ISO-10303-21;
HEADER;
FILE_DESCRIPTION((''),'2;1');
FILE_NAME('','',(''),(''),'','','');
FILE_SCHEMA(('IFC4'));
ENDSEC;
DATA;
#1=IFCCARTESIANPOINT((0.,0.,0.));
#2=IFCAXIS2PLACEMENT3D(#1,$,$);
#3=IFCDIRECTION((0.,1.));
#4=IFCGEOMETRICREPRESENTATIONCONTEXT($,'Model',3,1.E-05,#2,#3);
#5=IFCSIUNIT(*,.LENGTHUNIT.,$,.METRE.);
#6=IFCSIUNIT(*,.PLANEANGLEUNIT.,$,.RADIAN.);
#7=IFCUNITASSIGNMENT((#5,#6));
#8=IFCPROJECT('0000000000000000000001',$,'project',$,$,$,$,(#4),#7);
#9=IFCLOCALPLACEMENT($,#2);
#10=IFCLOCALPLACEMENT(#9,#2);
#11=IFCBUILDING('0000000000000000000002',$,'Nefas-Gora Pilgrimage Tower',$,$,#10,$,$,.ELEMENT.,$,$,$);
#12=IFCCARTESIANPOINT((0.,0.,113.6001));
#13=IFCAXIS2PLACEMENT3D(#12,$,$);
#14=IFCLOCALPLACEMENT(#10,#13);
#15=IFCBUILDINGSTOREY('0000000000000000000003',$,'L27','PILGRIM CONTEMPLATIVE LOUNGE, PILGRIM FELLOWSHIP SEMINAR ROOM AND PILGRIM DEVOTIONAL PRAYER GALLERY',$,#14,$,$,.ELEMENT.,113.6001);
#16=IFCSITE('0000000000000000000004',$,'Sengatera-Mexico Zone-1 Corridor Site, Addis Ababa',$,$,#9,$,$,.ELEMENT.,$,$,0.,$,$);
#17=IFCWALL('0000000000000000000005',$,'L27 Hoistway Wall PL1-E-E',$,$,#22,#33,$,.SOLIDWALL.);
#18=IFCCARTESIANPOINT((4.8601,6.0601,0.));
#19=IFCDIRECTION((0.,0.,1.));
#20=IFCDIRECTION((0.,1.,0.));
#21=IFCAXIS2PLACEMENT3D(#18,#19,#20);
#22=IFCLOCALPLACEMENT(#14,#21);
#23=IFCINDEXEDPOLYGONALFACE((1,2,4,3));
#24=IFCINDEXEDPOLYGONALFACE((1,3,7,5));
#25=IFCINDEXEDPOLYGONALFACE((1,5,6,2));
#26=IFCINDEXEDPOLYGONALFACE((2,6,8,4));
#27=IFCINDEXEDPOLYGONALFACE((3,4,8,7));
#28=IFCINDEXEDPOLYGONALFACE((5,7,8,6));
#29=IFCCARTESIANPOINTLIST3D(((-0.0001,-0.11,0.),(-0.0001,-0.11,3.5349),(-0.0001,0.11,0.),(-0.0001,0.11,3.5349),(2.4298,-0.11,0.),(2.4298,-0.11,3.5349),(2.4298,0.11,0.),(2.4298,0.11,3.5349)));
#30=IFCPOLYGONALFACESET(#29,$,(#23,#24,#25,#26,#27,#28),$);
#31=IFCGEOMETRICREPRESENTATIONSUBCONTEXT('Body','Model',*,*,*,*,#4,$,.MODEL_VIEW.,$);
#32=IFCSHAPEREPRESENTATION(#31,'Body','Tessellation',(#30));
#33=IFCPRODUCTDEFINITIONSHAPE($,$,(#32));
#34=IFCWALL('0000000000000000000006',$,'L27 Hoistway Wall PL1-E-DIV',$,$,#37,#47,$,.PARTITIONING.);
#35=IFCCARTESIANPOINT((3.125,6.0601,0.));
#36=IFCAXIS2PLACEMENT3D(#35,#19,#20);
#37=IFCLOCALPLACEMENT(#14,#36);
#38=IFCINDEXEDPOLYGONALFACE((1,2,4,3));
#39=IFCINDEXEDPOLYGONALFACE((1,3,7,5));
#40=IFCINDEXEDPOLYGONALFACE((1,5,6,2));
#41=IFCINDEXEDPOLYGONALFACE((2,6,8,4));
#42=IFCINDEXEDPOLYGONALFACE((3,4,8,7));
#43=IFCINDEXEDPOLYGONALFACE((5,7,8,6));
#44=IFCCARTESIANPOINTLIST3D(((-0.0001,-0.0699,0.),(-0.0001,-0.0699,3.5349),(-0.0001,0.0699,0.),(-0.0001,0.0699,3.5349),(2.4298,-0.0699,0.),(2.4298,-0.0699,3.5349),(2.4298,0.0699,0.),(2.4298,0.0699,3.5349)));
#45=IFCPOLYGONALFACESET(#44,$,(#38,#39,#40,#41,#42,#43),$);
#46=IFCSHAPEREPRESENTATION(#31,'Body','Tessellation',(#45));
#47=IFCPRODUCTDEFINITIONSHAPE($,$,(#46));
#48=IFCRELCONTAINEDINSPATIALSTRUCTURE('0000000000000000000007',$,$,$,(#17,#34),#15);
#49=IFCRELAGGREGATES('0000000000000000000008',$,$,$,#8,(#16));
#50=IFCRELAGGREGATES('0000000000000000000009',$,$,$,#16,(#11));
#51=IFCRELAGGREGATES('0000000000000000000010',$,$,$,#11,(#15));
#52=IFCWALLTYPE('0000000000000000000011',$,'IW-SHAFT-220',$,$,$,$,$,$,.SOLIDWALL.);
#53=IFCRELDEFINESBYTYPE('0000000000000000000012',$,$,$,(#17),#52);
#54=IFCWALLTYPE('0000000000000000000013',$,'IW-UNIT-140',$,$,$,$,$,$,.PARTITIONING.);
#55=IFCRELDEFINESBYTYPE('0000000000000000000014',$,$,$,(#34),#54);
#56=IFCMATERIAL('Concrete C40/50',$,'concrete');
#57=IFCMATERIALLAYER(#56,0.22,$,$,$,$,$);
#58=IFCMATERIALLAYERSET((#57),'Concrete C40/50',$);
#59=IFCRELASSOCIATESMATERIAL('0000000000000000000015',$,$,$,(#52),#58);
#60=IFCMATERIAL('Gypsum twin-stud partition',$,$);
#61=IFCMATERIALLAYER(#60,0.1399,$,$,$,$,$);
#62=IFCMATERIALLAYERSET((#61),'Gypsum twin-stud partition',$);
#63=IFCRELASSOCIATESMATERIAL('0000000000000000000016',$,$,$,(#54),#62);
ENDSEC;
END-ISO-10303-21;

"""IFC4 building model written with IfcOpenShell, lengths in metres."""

from ifc_helpers import new_model, si_unit, direction, frame, frame_2d, origin, place, context, subcontext, project, spatial, rectangle, extrude, source, transform, mapped, material, layer, layer_set, type_object, element, save


model = new_model("IFC4")

# Units and contexts
model_context = context("Model", 3, precision=1e-05, world=origin(), true_north=direction((0.0, 1.0)))
body_context = subcontext(model_context, "Body", "Model", "MODEL_VIEW")
ifc_project = project(units=[si_unit("LENGTHUNIT", "METRE"), si_unit("PLANEANGLEUNIT", "RADIAN")], contexts=[model_context])

# Site, building, storey
site_placement = place(None, origin())
site = spatial("IfcSite", under=ifc_project, at=site_placement, Name="Sengatera-Mexico Zone-1 Corridor Site, Addis Ababa", CompositionType="ELEMENT", RefElevation=0.0)
building_placement = place(site_placement, origin())
building = spatial("IfcBuilding", under=site, at=building_placement, Name="Nefas-Gora Pilgrimage Tower", CompositionType="ELEMENT")
storey_placement = place(building_placement, frame((0.0, 0.0, 113.6001)))
storey = spatial("IfcBuildingStorey", under=building, at=storey_placement, Name="L27", Description="PILGRIM CONTEMPLATIVE LOUNGE, PILGRIM FELLOWSHIP SEMINAR ROOM AND PILGRIM DEVOTIONAL PRAYER GALLERY", CompositionType="ELEMENT", Elevation=113.6001)

# Shared definitions
ifc_material_1 = material(Name="Concrete C40/50", Category="concrete")

# Shared definitions
ifc_layer_1 = layer(ifc_material_1, 0.22)
ifc_layer_set_1 = layer_set([ifc_layer_1], Name="Concrete C40/50")
wall_type_1 = type_object("IfcWallType", Name="IW-SHAFT-220", PredefinedType="SOLIDWALL", material=ifc_layer_set_1)

# Walls
shared_shape_1 = source(origin(), body_context, "Body", "SweptSolid", [
    extrude(rectangle(XDim=2.4299, YDim=0.22, at=frame_2d((1.2148, 0.0))), origin(), (0.0, 0.0, 1.0), 3.5349),
])
for number, where, z_axis, x_axis, name in (
    (1, (4.8601, 6.0601, 0.0), (0.0, 0.0, 1.0), (0.0, 1.0, 0.0), "L27 Hoistway Wall PL1-E-E"),
):
    element("IfcWall", number, at=place(storey_placement, frame(where, z_axis=z_axis, x_axis=x_axis)), inside=storey, type_object=wall_type_1, Name=name, PredefinedType="SOLIDWALL", context=body_context, shape_type="MappedRepresentation", body=[
        mapped(shared_shape_1, transform((0.0, 0.0, 0.0), x_axis=(1.0, 0.0, 0.0), y_axis=(0.0, 1.0, 0.0), z_axis=(0.0, 0.0, 1.0), scale=1.0)),
    ])
ifc_material_2 = material(Name="Gypsum twin-stud partition")
ifc_layer_2 = layer(ifc_material_2, 0.1399)
ifc_layer_set_2 = layer_set([ifc_layer_2], Name="Gypsum twin-stud partition")
wall_type_2 = type_object("IfcWallType", Name="IW-UNIT-140", PredefinedType="PARTITIONING", material=ifc_layer_set_2)
shared_shape_2 = source(origin(), body_context, "Body", "SweptSolid", [
    extrude(rectangle(XDim=2.4299, YDim=0.1399, at=frame_2d((1.2148, 0.0))), origin(), (0.0, 0.0, 1.0), 3.5349),
])
wall_1_placement = place(storey_placement, frame((3.125, 6.0601, 0.0), z_axis=(0.0, 0.0, 1.0), x_axis=(0.0, 1.0, 0.0)))
element("IfcWall", 2, at=wall_1_placement, inside=storey, type_object=wall_type_2, Name="L27 Hoistway Wall PL1-E-DIV", PredefinedType="PARTITIONING", context=body_context, shape_type="MappedRepresentation", body=[
    mapped(shared_shape_2, transform((0.0, 0.0, 0.0), x_axis=(1.0, 0.0, 0.0), y_axis=(0.0, 1.0, 0.0), z_axis=(0.0, 0.0, 1.0), scale=1.0)),
])

save(model, "model.ifc")
